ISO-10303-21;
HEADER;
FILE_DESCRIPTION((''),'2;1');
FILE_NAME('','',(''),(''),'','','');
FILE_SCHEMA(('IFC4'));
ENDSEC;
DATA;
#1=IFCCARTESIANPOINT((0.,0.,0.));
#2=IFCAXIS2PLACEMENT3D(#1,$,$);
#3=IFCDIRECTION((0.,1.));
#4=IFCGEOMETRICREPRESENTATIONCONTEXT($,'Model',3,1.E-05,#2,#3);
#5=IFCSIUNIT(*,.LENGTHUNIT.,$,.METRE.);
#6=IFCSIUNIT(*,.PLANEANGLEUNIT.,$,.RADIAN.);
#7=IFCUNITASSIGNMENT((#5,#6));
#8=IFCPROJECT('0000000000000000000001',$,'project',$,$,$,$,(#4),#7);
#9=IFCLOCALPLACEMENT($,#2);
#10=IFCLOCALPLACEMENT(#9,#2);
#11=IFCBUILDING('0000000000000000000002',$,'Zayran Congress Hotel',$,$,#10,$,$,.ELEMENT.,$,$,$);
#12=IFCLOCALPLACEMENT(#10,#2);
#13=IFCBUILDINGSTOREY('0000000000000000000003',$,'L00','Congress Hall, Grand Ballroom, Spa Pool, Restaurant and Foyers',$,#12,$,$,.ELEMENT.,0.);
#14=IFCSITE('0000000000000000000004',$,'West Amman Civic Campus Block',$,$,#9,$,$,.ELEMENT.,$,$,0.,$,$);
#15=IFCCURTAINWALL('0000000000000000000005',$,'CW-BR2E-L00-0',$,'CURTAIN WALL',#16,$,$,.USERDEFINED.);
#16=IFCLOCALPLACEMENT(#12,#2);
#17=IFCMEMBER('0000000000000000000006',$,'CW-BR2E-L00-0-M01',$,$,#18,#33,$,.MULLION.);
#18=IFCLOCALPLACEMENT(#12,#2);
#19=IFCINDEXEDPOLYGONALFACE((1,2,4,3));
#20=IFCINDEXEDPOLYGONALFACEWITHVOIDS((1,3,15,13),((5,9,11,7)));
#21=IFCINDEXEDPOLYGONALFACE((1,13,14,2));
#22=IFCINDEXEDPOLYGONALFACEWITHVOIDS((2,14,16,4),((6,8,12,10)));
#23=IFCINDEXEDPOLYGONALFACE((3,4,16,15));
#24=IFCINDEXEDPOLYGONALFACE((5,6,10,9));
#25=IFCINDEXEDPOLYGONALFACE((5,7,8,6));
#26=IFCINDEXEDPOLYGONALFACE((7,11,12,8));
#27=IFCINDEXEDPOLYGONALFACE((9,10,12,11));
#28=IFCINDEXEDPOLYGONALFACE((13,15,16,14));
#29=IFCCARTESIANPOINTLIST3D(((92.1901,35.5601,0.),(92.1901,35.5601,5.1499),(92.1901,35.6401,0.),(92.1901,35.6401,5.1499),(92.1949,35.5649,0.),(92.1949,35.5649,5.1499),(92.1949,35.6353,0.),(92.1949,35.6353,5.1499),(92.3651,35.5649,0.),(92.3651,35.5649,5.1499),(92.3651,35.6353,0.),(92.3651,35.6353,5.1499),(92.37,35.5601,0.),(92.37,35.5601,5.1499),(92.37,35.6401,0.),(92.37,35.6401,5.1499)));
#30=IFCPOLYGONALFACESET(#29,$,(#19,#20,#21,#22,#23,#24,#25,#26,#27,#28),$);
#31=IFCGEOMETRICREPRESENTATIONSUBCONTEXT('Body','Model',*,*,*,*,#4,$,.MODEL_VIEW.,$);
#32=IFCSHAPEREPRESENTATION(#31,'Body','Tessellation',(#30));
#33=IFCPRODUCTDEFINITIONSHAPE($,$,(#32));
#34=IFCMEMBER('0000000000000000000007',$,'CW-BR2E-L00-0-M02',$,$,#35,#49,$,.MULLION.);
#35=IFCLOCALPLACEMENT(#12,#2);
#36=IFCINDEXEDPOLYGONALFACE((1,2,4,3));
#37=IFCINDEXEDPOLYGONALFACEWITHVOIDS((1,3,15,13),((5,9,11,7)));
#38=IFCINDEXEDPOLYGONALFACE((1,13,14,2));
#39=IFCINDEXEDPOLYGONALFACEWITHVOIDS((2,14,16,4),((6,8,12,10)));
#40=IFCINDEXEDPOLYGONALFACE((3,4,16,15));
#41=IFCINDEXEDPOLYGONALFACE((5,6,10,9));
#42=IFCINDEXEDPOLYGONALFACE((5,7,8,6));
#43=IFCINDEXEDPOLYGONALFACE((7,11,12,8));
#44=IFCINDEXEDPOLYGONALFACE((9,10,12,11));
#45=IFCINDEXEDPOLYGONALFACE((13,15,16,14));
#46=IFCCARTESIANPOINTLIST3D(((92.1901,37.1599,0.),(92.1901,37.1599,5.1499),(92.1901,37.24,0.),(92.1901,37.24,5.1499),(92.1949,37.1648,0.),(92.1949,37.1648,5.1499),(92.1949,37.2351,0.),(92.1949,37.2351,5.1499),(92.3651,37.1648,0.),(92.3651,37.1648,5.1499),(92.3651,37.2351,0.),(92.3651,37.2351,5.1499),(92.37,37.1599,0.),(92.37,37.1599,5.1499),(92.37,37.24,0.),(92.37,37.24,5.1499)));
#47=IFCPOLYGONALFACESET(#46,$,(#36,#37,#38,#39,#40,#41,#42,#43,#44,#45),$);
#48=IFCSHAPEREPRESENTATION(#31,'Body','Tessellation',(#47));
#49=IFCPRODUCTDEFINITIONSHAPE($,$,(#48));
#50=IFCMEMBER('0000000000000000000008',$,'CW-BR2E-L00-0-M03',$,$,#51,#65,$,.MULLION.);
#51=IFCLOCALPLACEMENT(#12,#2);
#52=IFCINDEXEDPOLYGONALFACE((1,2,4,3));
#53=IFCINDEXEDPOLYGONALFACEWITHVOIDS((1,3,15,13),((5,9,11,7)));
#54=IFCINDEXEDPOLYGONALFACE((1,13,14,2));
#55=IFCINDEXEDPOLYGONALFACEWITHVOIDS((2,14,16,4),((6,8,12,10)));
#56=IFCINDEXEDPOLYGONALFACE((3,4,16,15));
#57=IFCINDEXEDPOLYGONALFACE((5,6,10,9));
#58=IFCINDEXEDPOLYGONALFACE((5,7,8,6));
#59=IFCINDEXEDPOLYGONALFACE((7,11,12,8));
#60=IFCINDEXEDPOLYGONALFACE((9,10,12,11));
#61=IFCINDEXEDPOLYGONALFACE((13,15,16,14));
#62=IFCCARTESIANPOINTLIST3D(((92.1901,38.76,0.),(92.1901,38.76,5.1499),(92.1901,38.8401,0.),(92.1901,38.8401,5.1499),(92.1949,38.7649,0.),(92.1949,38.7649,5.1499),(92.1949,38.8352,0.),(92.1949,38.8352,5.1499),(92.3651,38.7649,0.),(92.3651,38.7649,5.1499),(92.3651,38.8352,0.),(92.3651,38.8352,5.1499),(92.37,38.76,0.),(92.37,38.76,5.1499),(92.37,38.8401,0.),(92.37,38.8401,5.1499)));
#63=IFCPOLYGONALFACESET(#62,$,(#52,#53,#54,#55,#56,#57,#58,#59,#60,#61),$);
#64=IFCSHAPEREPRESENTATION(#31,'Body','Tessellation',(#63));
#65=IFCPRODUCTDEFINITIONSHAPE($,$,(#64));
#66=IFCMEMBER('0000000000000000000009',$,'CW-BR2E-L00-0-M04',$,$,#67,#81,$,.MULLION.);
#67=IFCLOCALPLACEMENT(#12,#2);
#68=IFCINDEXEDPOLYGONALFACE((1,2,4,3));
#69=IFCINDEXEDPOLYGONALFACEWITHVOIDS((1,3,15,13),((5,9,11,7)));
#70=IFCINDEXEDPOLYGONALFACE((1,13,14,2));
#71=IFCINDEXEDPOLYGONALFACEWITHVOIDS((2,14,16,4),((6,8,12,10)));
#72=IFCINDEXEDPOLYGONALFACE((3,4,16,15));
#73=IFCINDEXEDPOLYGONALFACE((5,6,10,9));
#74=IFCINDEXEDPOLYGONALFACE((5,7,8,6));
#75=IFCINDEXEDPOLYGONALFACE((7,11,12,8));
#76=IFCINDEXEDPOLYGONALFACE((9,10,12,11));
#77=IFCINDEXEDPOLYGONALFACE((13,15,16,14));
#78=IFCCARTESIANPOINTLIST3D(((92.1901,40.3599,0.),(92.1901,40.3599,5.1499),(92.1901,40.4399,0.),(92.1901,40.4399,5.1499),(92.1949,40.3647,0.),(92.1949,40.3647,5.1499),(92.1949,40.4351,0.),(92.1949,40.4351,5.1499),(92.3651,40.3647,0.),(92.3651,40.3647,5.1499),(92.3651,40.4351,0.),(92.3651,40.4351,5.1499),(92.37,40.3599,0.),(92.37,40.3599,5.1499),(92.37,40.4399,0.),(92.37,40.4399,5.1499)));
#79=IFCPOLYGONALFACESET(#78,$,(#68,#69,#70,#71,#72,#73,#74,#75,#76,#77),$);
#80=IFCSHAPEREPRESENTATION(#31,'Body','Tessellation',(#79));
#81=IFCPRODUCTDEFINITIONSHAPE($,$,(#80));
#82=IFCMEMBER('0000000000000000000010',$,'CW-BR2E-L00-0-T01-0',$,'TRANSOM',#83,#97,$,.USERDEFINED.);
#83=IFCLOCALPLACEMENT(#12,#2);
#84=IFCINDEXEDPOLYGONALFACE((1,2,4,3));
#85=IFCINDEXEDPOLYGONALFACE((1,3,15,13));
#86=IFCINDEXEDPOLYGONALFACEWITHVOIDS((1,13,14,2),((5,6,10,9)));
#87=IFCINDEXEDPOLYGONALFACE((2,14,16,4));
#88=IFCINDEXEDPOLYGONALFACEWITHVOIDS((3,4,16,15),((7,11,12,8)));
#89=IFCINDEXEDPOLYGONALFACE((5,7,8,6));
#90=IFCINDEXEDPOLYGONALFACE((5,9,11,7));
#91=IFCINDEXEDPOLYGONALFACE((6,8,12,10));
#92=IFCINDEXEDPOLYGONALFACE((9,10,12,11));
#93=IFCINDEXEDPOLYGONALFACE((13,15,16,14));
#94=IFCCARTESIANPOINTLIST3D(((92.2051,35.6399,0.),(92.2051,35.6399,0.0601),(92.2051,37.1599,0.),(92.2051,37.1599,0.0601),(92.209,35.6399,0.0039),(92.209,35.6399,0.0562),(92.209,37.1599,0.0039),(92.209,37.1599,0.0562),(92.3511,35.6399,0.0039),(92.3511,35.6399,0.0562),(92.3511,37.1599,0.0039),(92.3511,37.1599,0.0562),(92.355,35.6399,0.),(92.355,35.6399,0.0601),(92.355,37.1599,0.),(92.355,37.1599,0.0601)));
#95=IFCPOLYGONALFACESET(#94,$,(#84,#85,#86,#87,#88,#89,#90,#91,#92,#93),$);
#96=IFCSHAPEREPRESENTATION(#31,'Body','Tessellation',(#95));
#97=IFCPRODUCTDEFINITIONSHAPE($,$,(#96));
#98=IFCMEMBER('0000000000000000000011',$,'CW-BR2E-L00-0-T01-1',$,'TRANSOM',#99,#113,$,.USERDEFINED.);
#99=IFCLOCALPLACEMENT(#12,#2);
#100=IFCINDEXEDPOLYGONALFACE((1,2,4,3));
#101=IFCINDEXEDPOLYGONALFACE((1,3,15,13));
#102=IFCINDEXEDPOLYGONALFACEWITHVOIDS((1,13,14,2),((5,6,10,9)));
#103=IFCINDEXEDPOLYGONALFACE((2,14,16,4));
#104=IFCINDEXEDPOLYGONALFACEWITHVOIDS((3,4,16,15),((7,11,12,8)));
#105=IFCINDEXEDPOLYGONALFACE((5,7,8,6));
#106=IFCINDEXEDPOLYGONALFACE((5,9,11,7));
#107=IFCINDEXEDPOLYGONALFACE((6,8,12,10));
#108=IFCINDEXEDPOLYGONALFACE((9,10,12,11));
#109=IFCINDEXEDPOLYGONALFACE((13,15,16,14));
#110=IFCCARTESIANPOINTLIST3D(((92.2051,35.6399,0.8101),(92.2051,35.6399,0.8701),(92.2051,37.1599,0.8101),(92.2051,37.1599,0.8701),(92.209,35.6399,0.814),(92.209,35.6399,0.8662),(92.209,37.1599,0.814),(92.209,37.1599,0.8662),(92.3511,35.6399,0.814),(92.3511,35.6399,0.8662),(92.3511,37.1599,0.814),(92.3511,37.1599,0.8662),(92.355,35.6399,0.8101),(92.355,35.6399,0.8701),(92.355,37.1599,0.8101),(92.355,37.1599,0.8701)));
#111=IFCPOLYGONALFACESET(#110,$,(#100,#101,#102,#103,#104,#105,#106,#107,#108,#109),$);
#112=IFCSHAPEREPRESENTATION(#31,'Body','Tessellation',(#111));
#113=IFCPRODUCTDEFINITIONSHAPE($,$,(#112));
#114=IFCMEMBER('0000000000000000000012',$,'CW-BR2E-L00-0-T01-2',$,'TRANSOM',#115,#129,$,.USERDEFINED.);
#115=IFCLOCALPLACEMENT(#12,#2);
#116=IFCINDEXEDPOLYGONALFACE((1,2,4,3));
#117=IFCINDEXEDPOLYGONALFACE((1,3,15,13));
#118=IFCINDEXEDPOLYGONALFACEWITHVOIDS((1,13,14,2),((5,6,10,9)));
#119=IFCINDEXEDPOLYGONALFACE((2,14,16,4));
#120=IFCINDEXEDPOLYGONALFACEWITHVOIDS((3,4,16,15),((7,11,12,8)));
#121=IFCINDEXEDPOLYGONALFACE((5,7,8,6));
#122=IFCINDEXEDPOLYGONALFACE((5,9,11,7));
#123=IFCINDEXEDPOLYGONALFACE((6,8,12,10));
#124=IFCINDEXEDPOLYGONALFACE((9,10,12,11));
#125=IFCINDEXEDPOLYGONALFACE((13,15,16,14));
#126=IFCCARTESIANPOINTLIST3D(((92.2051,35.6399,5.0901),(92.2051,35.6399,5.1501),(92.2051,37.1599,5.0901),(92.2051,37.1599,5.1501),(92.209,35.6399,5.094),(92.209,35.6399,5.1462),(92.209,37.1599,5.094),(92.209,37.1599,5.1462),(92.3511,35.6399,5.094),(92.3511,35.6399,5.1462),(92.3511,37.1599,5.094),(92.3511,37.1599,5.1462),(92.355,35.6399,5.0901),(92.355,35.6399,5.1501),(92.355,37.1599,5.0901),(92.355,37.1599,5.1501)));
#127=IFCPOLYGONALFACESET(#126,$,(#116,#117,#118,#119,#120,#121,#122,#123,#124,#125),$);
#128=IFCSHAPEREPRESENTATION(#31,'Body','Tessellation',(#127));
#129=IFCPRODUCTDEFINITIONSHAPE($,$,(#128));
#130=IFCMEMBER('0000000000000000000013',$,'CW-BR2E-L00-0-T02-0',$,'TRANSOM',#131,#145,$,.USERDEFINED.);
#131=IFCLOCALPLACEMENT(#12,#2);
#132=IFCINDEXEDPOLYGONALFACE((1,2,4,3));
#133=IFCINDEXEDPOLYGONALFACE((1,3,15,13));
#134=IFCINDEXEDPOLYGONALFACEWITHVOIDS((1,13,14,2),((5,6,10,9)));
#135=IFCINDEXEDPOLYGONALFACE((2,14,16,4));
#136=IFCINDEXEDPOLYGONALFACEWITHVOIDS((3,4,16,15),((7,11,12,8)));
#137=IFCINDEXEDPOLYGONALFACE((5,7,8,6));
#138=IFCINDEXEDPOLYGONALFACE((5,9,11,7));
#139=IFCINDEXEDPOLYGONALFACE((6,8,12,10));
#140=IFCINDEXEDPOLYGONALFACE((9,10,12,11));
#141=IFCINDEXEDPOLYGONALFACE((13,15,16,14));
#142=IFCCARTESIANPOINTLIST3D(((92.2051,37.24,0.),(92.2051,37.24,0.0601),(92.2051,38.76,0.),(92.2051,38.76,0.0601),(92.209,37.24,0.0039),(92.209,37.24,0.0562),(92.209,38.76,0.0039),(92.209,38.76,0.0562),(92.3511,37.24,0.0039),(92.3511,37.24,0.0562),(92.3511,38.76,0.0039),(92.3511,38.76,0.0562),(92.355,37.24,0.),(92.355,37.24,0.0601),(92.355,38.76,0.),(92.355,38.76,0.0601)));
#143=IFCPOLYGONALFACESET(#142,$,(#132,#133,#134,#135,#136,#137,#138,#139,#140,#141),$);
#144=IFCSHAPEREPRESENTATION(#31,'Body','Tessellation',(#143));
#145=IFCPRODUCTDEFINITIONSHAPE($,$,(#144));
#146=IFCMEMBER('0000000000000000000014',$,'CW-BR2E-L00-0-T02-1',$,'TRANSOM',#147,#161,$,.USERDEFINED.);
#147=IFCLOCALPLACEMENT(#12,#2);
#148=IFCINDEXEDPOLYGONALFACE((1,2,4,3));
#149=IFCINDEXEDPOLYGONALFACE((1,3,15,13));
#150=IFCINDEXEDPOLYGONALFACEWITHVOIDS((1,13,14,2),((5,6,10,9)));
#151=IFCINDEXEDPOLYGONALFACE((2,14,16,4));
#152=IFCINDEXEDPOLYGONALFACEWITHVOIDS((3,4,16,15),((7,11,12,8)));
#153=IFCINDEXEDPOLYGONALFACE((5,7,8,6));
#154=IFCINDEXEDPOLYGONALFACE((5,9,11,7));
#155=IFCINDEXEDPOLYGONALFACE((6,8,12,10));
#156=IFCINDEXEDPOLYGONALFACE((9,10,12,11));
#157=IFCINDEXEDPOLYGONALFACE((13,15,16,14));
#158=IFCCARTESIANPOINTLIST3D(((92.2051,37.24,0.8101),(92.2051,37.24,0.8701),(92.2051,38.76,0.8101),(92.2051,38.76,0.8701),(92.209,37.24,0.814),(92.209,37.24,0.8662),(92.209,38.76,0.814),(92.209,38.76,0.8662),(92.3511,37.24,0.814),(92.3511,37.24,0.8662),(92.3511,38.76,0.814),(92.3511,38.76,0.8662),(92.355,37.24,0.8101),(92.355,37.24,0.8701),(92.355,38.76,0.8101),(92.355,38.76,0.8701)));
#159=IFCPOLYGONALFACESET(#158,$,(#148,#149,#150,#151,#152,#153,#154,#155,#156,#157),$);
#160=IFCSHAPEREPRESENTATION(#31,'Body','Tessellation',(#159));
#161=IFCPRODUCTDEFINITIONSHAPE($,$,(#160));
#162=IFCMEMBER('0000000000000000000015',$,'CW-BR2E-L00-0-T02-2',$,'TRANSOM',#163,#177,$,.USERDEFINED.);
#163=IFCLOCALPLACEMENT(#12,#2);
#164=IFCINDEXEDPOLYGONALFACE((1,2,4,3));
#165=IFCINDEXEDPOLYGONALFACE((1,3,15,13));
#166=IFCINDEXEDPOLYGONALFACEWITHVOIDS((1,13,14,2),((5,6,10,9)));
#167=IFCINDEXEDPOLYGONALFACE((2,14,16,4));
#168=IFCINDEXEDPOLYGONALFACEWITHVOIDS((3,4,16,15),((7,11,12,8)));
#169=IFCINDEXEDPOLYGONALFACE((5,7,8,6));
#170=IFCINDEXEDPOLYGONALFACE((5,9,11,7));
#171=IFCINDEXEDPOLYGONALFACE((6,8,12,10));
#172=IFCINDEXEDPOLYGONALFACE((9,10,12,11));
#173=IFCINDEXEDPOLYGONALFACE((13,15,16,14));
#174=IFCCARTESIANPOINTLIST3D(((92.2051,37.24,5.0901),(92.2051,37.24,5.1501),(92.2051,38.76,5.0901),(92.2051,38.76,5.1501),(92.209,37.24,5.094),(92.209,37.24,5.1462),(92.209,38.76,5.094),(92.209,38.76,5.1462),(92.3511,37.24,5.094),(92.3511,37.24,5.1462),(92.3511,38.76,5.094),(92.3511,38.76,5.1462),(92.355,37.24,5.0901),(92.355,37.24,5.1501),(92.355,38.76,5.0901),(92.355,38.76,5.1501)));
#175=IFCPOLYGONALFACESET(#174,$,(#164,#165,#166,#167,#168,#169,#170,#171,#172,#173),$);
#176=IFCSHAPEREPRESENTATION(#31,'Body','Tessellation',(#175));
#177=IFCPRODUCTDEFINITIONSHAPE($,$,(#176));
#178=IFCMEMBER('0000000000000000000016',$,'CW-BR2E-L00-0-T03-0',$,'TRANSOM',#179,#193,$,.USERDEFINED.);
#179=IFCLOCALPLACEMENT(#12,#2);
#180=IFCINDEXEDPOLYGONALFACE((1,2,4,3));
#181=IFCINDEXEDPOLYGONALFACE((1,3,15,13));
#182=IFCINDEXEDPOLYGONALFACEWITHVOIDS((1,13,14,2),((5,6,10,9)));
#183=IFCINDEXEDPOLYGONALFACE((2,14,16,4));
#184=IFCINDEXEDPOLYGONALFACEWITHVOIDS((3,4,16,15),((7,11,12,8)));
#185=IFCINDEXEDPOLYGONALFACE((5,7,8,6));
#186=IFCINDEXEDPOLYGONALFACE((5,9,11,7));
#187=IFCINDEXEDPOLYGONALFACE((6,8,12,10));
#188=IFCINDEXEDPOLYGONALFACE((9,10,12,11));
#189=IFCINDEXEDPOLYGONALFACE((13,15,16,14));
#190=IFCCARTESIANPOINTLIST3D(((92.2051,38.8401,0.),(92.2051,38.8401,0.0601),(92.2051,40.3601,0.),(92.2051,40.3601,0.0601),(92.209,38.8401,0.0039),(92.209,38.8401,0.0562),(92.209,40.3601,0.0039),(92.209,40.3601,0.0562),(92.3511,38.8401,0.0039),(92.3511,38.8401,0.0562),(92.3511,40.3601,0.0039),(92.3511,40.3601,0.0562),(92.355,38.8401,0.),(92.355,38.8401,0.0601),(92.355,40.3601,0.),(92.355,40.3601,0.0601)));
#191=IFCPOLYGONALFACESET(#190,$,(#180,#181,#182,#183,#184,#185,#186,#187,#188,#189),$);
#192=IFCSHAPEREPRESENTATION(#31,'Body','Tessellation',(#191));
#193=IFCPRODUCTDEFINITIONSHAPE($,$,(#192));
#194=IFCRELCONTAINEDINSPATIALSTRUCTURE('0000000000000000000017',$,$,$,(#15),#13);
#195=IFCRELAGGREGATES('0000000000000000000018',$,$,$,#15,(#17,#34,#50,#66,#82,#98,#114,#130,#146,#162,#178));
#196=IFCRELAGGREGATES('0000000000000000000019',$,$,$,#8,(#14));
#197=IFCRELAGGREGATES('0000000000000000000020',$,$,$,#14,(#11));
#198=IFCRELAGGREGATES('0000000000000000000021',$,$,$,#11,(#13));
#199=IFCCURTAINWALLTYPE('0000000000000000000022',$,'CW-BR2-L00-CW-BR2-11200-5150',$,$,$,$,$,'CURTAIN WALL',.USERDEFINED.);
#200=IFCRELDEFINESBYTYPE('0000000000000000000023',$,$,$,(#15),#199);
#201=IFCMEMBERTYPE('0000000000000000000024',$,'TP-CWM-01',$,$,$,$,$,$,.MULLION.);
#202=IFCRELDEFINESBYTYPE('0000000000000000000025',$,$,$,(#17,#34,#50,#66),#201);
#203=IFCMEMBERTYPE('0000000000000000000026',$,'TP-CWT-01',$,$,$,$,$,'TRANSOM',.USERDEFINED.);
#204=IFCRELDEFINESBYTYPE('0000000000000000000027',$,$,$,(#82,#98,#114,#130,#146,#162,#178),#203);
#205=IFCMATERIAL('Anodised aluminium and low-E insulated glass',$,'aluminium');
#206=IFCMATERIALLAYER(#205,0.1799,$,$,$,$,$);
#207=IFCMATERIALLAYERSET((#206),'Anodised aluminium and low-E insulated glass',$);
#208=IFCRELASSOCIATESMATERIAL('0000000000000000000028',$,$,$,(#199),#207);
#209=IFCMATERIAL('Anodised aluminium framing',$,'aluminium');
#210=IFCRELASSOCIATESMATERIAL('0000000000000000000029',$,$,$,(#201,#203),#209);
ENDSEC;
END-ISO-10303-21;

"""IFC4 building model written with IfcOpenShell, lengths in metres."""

from ifc_helpers import new_model, si_unit, direction, frame, origin, origin_2d, place, context, subcontext, project, spatial, hollow_rectangle, extrude, material, layer, layer_set, material_profile, profile_set, type_object, element, aggregate, save


model = new_model("IFC4")

# Units and contexts
model_context = context("Model", 3, precision=1e-05, world=origin(), true_north=direction((0.0, 1.0)))
body_context = subcontext(model_context, "Body", "Model", "MODEL_VIEW")
ifc_project = project(units=[si_unit("LENGTHUNIT", "METRE"), si_unit("PLANEANGLEUNIT", "RADIAN")], contexts=[model_context])

# Site, building, storey
site_placement = place(None, origin())
site = spatial("IfcSite", under=ifc_project, at=site_placement, Name="West Amman Civic Campus Block", CompositionType="ELEMENT", RefElevation=0.0)
building_placement = place(site_placement, origin())
building = spatial("IfcBuilding", under=site, at=building_placement, Name="Zayran Congress Hotel", CompositionType="ELEMENT")
storey_placement = place(building_placement, origin())
storey = spatial("IfcBuildingStorey", under=building, at=storey_placement, Name="L00", Description="Congress Hall, Grand Ballroom, Spa Pool, Restaurant and Foyers", CompositionType="ELEMENT", Elevation=0.0)

# Curtain wall, members
ifc_material_1 = material(Name="Anodised aluminium and low-E insulated glass", Category="aluminium")
ifc_layer_1 = layer(ifc_material_1, 0.1799)
ifc_layer_set_1 = layer_set([ifc_layer_1], Name="Anodised aluminium and low-E insulated glass")
curtain_wall_type = type_object("IfcCurtainWallType", Name="CW-BR2-L00-CW-BR2-11200-5150", ElementType="CURTAIN WALL", PredefinedType="USERDEFINED", material=ifc_layer_set_1)
curtain_wall_placement = place(storey_placement, origin())
curtain_wall = element("IfcCurtainWall", 1, at=curtain_wall_placement, inside=storey, type_object=curtain_wall_type, Name="CW-BR2E-L00-0", ObjectType="CURTAIN WALL", PredefinedType="USERDEFINED")
ifc_material_2 = material(Name="Anodised aluminium framing", Category="aluminium")
ifc_material_profile_1 = material_profile(ifc_material_2, hollow_rectangle(XDim=0.0801, YDim=0.1799, WallThickness=0.0049, at=origin_2d()), Name="RHS 180x80x5")
ifc_profile_set_1 = profile_set([ifc_material_profile_1], Name="Anodised aluminium framing")
member_type_1 = type_object("IfcMemberType", Name="TP-CWM-01", PredefinedType="MULLION", material=ifc_profile_set_1)
member_1_placement = place(storey_placement, frame((92.28, 35.6001, 0.0), z_axis=(0.0, 0.0, 1.0), x_axis=(0.0, 1.0, 0.0)))
member_1 = element("IfcMember", 2, at=member_1_placement, type_object=member_type_1, Name="CW-BR2E-L00-0-M01", PredefinedType="MULLION", context=body_context, shape_type="SweptSolid", body=[
    extrude(hollow_rectangle(XDim=0.0801, YDim=0.1799, WallThickness=0.0049, at=origin_2d()), origin(), (0.0, 0.0, 1.0), 5.1499),
])
member_2_placement = place(storey_placement, frame((92.28, 37.2, 0.0), z_axis=(0.0, 0.0, 1.0), x_axis=(0.0, 1.0, 0.0)))
member_2 = element("IfcMember", 3, at=member_2_placement, type_object=member_type_1, Name="CW-BR2E-L00-0-M02", PredefinedType="MULLION", context=body_context, shape_type="SweptSolid", body=[
    extrude(hollow_rectangle(XDim=0.0801, YDim=0.1799, WallThickness=0.0049, at=origin_2d()), origin(), (0.0, 0.0, 1.0), 5.1499),
])
member_3_placement = place(storey_placement, frame((92.28, 38.8, 0.0), z_axis=(0.0, 0.0, 1.0), x_axis=(0.0, 1.0, 0.0)))
member_3 = element("IfcMember", 4, at=member_3_placement, type_object=member_type_1, Name="CW-BR2E-L00-0-M03", PredefinedType="MULLION", context=body_context, shape_type="SweptSolid", body=[
    extrude(hollow_rectangle(XDim=0.0801, YDim=0.1799, WallThickness=0.0049, at=origin_2d()), origin(), (0.0, 0.0, 1.0), 5.1499),
])
member_4_placement = place(storey_placement, frame((92.28, 40.3999, 0.0), z_axis=(0.0, 0.0, 1.0), x_axis=(0.0, 1.0, 0.0)))
member_4 = element("IfcMember", 5, at=member_4_placement, type_object=member_type_1, Name="CW-BR2E-L00-0-M04", PredefinedType="MULLION", context=body_context, shape_type="SweptSolid", body=[
    extrude(hollow_rectangle(XDim=0.0801, YDim=0.1799, WallThickness=0.0049, at=origin_2d()), origin(), (0.0, 0.0, 1.0), 5.1499),
])
ifc_material_profile_2 = material_profile(ifc_material_2, hollow_rectangle(XDim=0.0601, YDim=0.1499, WallThickness=0.0039, at=origin_2d()), Name="RHS 150x60x4")
ifc_profile_set_2 = profile_set([ifc_material_profile_2], Name="Anodised aluminium framing")
member_type_2 = type_object("IfcMemberType", Name="TP-CWT-01", ElementType="TRANSOM", PredefinedType="USERDEFINED", material=ifc_profile_set_2)
member_5_placement = place(storey_placement, frame((92.28, 35.6399, 0.03), z_axis=(0.0, 1.0, 0.0), x_axis=(0.0, 0.0, 1.0)))
member_5 = element("IfcMember", 6, at=member_5_placement, type_object=member_type_2, Name="CW-BR2E-L00-0-T01-0", ObjectType="TRANSOM", PredefinedType="USERDEFINED", context=body_context, shape_type="SweptSolid", body=[
    extrude(hollow_rectangle(XDim=0.0601, YDim=0.1499, WallThickness=0.0039, at=origin_2d()), origin(), (0.0, 0.0, 1.0), 1.52),
])
member_6_placement = place(storey_placement, frame((92.28, 35.6399, 0.8401), z_axis=(0.0, 1.0, 0.0), x_axis=(0.0, 0.0, 1.0)))
member_6 = element("IfcMember", 7, at=member_6_placement, type_object=member_type_2, Name="CW-BR2E-L00-0-T01-1", ObjectType="TRANSOM", PredefinedType="USERDEFINED", context=body_context, shape_type="SweptSolid", body=[
    extrude(hollow_rectangle(XDim=0.0601, YDim=0.1499, WallThickness=0.0039, at=origin_2d()), origin(), (0.0, 0.0, 1.0), 1.52),
])
member_7_placement = place(storey_placement, frame((92.28, 35.6399, 5.1201), z_axis=(0.0, 1.0, 0.0), x_axis=(0.0, 0.0, 1.0)))
member_7 = element("IfcMember", 8, at=member_7_placement, type_object=member_type_2, Name="CW-BR2E-L00-0-T01-2", ObjectType="TRANSOM", PredefinedType="USERDEFINED", context=body_context, shape_type="SweptSolid", body=[
    extrude(hollow_rectangle(XDim=0.0601, YDim=0.1499, WallThickness=0.0039, at=origin_2d()), origin(), (0.0, 0.0, 1.0), 1.52),
])
member_8_placement = place(storey_placement, frame((92.28, 37.24, 0.03), z_axis=(0.0, 1.0, 0.0), x_axis=(0.0, 0.0, 1.0)))
member_8 = element("IfcMember", 9, at=member_8_placement, type_object=member_type_2, Name="CW-BR2E-L00-0-T02-0", ObjectType="TRANSOM", PredefinedType="USERDEFINED", context=body_context, shape_type="SweptSolid", body=[
    extrude(hollow_rectangle(XDim=0.0601, YDim=0.1499, WallThickness=0.0039, at=origin_2d()), origin(), (0.0, 0.0, 1.0), 1.52),
])
member_9_placement = place(storey_placement, frame((92.28, 37.24, 0.8401), z_axis=(0.0, 1.0, 0.0), x_axis=(0.0, 0.0, 1.0)))
member_9 = element("IfcMember", 10, at=member_9_placement, type_object=member_type_2, Name="CW-BR2E-L00-0-T02-1", ObjectType="TRANSOM", PredefinedType="USERDEFINED", context=body_context, shape_type="SweptSolid", body=[
    extrude(hollow_rectangle(XDim=0.0601, YDim=0.1499, WallThickness=0.0039, at=origin_2d()), origin(), (0.0, 0.0, 1.0), 1.52),
])
member_10_placement = place(storey_placement, frame((92.28, 37.24, 5.1201), z_axis=(0.0, 1.0, 0.0), x_axis=(0.0, 0.0, 1.0)))
member_10 = element("IfcMember", 11, at=member_10_placement, type_object=member_type_2, Name="CW-BR2E-L00-0-T02-2", ObjectType="TRANSOM", PredefinedType="USERDEFINED", context=body_context, shape_type="SweptSolid", body=[
    extrude(hollow_rectangle(XDim=0.0601, YDim=0.1499, WallThickness=0.0039, at=origin_2d()), origin(), (0.0, 0.0, 1.0), 1.52),
])
member_11_placement = place(storey_placement, frame((92.28, 38.8401, 0.03), z_axis=(0.0, 1.0, 0.0), x_axis=(0.0, 0.0, 1.0)))
member_11 = element("IfcMember", 12, at=member_11_placement, type_object=member_type_2, Name="CW-BR2E-L00-0-T03-0", ObjectType="TRANSOM", PredefinedType="USERDEFINED", context=body_context, shape_type="SweptSolid", body=[
    extrude(hollow_rectangle(XDim=0.0601, YDim=0.1499, WallThickness=0.0039, at=origin_2d()), origin(), (0.0, 0.0, 1.0), 1.52),
])
aggregate(curtain_wall, [member_1, member_2, member_3, member_4, member_5, member_6, member_7, member_8, member_9, member_10, member_11])

save(model, "model.ifc")
